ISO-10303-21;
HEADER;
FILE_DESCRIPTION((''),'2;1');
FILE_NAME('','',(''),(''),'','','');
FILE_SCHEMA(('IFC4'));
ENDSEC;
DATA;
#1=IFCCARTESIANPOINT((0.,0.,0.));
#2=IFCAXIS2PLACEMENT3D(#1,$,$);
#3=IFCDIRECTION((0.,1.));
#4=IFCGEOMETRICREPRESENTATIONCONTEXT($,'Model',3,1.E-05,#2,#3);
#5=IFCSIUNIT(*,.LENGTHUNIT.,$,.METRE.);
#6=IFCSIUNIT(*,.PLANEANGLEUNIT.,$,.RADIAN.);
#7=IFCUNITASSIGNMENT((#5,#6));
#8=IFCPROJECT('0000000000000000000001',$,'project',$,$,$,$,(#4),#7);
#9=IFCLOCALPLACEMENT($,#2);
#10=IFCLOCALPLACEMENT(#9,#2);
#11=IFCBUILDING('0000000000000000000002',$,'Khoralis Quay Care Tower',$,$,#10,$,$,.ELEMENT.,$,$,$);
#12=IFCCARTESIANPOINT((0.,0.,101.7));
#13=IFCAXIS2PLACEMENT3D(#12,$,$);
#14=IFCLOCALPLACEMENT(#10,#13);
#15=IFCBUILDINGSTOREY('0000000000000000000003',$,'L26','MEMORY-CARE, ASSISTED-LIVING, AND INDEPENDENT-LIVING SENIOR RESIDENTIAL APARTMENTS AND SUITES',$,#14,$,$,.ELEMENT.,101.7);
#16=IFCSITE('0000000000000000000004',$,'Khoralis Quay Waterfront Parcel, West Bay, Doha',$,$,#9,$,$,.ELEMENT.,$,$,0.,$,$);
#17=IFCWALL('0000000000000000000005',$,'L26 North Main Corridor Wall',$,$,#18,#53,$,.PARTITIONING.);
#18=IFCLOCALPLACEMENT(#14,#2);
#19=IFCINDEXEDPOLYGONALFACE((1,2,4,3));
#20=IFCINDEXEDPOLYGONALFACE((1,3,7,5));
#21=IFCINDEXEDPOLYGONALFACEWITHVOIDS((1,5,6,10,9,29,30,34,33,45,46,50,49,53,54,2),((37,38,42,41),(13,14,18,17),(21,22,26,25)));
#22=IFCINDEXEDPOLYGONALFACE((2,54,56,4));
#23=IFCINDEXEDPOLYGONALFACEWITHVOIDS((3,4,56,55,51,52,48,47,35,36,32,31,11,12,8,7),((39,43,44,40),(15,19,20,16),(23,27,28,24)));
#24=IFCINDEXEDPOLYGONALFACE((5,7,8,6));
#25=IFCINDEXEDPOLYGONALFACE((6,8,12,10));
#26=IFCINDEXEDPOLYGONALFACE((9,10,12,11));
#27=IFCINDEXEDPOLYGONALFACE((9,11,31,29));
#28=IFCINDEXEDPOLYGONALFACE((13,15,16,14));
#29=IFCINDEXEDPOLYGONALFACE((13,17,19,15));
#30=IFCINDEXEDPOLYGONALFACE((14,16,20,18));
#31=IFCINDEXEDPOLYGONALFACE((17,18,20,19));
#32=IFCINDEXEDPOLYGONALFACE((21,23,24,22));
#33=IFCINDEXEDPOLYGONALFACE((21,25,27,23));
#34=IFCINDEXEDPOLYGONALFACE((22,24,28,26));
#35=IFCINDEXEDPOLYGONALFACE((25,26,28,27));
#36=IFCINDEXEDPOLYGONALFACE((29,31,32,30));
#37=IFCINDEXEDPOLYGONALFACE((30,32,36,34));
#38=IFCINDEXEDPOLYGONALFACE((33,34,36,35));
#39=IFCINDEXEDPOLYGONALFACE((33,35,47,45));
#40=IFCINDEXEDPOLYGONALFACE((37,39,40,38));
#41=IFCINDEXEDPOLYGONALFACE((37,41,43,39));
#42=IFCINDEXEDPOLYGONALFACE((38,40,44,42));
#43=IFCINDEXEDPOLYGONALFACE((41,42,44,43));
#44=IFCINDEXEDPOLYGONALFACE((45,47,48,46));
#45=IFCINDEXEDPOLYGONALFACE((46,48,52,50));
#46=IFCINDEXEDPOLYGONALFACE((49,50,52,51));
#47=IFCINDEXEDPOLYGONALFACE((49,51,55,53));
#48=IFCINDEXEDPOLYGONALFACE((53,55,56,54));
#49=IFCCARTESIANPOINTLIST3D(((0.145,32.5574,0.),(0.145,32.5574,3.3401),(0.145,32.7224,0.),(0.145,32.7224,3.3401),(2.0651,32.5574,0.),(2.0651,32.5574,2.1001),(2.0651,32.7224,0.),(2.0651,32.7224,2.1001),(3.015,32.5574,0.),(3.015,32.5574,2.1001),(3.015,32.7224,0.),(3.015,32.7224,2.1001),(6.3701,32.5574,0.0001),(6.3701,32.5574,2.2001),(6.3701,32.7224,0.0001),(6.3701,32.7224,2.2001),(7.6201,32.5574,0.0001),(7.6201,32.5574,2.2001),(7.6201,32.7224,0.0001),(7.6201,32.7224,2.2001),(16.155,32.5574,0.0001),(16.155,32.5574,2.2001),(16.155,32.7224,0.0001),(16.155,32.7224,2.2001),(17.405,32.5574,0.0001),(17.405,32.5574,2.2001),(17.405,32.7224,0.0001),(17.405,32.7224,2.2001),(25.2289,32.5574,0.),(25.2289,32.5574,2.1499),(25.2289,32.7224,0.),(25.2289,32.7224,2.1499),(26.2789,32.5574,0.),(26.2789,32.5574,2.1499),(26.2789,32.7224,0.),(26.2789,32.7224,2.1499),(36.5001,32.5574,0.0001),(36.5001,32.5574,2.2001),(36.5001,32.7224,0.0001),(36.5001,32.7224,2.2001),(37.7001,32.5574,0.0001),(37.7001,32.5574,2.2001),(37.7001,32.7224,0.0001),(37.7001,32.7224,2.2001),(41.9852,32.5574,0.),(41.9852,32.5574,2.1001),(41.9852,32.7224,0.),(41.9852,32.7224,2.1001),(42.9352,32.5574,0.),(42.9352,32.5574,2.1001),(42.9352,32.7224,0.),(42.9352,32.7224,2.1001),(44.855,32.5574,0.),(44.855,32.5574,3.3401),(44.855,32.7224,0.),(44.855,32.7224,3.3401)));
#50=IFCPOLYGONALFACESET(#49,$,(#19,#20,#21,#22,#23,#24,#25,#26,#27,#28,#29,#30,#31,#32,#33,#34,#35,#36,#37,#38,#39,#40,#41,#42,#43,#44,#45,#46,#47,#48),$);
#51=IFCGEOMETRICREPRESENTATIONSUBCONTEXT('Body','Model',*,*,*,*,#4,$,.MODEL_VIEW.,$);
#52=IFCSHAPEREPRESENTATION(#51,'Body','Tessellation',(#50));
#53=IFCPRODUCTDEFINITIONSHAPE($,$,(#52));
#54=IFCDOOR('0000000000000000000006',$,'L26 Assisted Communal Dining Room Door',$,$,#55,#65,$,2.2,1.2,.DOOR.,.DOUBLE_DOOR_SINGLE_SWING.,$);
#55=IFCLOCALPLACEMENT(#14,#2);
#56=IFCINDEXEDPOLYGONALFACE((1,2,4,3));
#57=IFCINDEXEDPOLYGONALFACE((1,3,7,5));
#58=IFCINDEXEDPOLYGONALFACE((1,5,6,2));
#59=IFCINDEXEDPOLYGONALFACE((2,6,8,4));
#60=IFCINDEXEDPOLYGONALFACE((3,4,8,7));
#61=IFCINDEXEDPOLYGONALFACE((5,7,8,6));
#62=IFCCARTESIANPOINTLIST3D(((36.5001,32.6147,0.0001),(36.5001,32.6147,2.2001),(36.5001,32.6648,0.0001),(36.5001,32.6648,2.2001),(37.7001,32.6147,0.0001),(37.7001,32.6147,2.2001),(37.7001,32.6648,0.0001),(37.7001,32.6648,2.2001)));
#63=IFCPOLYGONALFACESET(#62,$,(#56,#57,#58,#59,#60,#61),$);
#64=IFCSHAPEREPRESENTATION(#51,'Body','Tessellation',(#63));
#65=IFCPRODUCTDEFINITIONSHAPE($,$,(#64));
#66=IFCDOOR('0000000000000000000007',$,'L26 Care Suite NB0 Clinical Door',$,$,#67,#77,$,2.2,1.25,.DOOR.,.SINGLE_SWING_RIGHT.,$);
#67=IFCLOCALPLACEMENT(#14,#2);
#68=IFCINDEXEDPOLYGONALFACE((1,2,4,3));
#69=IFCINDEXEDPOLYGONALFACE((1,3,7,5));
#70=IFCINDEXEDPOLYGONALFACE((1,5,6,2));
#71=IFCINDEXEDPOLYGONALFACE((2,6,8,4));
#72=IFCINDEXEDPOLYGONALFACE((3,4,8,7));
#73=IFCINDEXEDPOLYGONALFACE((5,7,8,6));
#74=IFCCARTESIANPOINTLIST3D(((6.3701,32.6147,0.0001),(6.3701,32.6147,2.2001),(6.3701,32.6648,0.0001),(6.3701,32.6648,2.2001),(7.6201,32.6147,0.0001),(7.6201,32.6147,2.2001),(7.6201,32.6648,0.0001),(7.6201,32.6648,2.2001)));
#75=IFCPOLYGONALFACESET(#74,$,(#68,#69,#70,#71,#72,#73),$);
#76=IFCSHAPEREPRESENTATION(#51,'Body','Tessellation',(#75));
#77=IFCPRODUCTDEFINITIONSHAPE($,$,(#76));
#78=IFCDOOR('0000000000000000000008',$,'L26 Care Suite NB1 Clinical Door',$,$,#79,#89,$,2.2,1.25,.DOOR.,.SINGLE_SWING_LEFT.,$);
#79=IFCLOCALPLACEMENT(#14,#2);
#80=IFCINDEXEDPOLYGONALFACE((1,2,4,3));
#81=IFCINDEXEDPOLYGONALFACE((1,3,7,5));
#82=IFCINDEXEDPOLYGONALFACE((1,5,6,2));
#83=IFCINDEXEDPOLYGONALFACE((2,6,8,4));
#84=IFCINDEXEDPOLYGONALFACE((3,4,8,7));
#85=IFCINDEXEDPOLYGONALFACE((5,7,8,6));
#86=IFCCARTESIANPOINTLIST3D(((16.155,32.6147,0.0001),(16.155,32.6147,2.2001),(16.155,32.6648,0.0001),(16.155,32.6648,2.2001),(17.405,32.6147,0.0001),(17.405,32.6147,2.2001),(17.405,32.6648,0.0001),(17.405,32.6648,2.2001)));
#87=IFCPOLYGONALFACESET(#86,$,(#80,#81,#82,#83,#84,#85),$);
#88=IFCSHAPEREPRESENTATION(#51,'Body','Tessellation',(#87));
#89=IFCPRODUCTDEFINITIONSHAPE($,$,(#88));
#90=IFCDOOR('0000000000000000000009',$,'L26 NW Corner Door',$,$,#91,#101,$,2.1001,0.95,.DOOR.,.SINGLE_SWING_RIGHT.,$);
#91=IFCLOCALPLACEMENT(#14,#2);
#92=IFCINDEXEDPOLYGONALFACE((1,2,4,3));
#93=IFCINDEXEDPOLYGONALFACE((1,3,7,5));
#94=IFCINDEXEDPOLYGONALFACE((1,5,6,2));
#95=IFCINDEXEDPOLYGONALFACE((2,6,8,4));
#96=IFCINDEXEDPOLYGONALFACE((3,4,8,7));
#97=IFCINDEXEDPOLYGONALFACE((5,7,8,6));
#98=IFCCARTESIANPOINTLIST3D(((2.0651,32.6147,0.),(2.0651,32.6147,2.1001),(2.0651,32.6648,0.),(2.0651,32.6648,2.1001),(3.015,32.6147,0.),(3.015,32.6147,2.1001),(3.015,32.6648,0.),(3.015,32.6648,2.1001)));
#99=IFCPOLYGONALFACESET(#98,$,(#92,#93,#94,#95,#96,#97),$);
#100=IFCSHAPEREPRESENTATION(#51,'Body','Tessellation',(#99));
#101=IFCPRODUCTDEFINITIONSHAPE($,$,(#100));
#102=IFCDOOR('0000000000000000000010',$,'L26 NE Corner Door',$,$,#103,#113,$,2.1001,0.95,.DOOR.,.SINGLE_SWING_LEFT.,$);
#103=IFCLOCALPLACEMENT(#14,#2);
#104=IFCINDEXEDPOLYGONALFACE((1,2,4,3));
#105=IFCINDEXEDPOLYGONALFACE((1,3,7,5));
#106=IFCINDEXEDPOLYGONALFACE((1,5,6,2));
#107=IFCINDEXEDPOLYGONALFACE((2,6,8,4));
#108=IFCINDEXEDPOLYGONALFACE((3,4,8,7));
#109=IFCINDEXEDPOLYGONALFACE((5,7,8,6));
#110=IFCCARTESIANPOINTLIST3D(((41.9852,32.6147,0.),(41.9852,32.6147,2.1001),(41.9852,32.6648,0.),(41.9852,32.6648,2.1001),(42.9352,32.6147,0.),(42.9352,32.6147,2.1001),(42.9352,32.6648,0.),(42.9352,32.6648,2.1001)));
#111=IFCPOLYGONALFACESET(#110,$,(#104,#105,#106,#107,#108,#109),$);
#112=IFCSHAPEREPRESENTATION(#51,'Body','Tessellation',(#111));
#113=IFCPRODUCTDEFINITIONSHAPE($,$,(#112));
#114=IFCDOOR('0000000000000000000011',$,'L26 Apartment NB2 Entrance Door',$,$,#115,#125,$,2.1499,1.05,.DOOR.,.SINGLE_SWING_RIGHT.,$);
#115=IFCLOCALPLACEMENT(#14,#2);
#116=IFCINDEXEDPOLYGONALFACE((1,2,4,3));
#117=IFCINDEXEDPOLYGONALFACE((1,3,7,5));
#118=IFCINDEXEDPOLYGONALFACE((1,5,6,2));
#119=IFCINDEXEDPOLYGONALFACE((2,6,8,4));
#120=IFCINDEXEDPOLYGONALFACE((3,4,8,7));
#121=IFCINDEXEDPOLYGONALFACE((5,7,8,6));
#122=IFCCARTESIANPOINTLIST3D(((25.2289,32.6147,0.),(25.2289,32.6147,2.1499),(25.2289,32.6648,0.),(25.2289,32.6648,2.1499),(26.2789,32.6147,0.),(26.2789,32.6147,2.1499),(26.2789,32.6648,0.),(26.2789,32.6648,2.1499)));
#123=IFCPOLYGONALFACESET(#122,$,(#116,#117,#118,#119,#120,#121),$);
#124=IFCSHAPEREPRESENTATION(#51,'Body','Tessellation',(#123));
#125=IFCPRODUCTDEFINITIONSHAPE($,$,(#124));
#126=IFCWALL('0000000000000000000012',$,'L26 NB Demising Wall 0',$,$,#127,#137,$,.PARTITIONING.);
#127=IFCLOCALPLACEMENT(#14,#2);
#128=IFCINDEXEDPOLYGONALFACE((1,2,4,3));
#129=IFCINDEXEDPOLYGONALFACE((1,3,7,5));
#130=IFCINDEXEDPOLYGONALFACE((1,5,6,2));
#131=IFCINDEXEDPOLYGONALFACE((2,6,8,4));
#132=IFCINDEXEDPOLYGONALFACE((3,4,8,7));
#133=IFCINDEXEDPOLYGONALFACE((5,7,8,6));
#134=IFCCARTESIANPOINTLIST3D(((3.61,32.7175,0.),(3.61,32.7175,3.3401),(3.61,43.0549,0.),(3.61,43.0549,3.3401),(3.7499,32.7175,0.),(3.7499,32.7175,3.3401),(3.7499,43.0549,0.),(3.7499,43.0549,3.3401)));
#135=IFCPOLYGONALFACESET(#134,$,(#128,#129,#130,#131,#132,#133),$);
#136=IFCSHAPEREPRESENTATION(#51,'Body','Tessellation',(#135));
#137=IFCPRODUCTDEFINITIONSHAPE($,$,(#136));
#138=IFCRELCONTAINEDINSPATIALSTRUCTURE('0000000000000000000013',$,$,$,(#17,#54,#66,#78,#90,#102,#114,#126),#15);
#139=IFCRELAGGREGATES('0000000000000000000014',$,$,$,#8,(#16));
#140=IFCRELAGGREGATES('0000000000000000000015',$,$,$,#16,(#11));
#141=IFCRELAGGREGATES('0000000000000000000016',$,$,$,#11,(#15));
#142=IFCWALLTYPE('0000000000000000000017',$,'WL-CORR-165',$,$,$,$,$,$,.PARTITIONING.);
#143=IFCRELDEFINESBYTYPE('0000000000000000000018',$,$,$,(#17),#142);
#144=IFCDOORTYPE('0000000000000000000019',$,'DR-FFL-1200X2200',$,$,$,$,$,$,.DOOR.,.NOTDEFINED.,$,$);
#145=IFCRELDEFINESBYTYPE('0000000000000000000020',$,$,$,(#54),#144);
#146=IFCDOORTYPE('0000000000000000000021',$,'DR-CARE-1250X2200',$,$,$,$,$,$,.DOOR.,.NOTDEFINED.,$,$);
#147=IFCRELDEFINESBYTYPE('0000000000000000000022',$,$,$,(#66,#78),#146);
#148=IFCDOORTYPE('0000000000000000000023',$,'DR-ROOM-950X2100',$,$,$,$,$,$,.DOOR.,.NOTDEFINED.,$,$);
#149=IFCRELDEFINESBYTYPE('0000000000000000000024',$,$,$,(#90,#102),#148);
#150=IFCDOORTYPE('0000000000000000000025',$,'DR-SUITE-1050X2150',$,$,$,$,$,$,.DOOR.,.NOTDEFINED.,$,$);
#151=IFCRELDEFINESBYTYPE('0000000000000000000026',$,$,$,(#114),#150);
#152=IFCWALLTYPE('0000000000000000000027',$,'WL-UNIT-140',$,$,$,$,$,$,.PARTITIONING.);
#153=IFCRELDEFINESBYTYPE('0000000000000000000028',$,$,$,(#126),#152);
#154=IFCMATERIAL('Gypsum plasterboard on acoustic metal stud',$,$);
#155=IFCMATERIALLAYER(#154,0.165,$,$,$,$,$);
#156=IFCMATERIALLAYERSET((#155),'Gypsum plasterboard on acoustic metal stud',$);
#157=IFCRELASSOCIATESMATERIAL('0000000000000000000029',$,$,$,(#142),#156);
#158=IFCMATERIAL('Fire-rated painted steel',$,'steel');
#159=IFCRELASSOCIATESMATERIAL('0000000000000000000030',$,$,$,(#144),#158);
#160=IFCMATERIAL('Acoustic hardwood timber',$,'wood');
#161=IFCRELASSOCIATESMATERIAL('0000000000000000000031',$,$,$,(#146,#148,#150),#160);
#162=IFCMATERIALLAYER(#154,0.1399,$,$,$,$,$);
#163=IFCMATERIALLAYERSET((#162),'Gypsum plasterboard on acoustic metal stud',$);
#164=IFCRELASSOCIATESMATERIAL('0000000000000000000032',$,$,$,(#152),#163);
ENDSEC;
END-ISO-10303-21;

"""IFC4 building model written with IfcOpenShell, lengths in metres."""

from ifc_helpers import new_model, si_unit, direction, frame, frame_2d, origin, place, context, subcontext, project, spatial, rectangle, extrude, source, transform, mapped, material, layer, layer_set, type_object, element, fill, save


model = new_model("IFC4")

# Units and contexts
model_context = context("Model", 3, precision=1e-05, world=origin(), true_north=direction((0.0, 1.0)))
body_context = subcontext(model_context, "Body", "Model", "MODEL_VIEW")
ifc_project = project(units=[si_unit("LENGTHUNIT", "METRE"), si_unit("PLANEANGLEUNIT", "RADIAN")], contexts=[model_context])

# Site, building, storey
site_placement = place(None, origin())
site = spatial("IfcSite", under=ifc_project, at=site_placement, Name="Khoralis Quay Waterfront Parcel, West Bay, Doha", CompositionType="ELEMENT", RefElevation=0.0)
building_placement = place(site_placement, origin())
building = spatial("IfcBuilding", under=site, at=building_placement, Name="Khoralis Quay Care Tower", CompositionType="ELEMENT")
storey_placement = place(building_placement, frame((0.0, 0.0, 101.7)))
storey = spatial("IfcBuildingStorey", under=building, at=storey_placement, Name="L26", Description="MEMORY-CARE, ASSISTED-LIVING, AND INDEPENDENT-LIVING SENIOR RESIDENTIAL APARTMENTS AND SUITES", CompositionType="ELEMENT", Elevation=101.7)

# Shared definitions
ifc_material_1 = material(Name="Gypsum plasterboard on acoustic metal stud")
ifc_layer_1 = layer(ifc_material_1, 0.165)
ifc_layer_set_1 = layer_set([ifc_layer_1], Name="Gypsum plasterboard on acoustic metal stud")
wall_type_1 = type_object("IfcWallType", Name="WL-CORR-165", PredefinedType="PARTITIONING", material=ifc_layer_set_1)
ifc_material_2 = material(Name="Fire-rated painted steel", Category="steel")
door_type_1 = type_object("IfcDoorType", Name="DR-FFL-1200X2200", OperationType="NOTDEFINED", PredefinedType="DOOR", material=ifc_material_2)
shared_shape_1 = source(origin(), body_context, "Body", "SweptSolid", [
    extrude(rectangle(XDim=1.2, YDim=2.2, at=frame_2d((0.6001, 1.1001))), frame((0.0, 0.0249, 0.0), z_axis=(0.0, -1.0, 0.0), x_axis=(1.0, 0.0, 0.0)), (0.0, 0.0, 1.0), 0.05),
])

# Wall, openings, doors
wall_1_placement = place(storey_placement, frame((0.145, 32.6399, 0.0), z_axis=(0.0, 0.0, 1.0), x_axis=(1.0, 0.0, 0.0)))
wall_1 = element("IfcWall", 1, at=wall_1_placement, inside=storey, type_object=wall_type_1, Name="L26 North Main Corridor Wall", PredefinedType="PARTITIONING", context=body_context, shape_type="SweptSolid", body=[
    extrude(rectangle(XDim=44.71, YDim=0.165, at=frame_2d((22.355, 0.0))), origin(), (0.0, 0.0, 1.0), 3.3401),
])
opening_1_placement = place(wall_1_placement, frame((6.2251, 0.0, 0.0)))
opening_1 = element("IfcOpeningElement", 2, at=opening_1_placement, cuts=wall_1, PredefinedType="OPENING", context=body_context, shape_type="SweptSolid", body=[
    extrude(rectangle(XDim=1.25, YDim=2.2, at=frame_2d((0.625, 1.1001))), frame((0.0, 0.0925, 0.0), z_axis=(0.0, -1.0, 0.0), x_axis=(1.0, 0.0, 0.0)), (0.0, 0.0, 1.0), 0.1851),
])
opening_2_placement = place(wall_1_placement, frame((16.01, 0.0, 0.0)))
opening_2 = element("IfcOpeningElement", 3, at=opening_2_placement, cuts=wall_1, PredefinedType="OPENING", context=body_context, shape_type="SweptSolid", body=[
    extrude(rectangle(XDim=1.25, YDim=2.2, at=frame_2d((0.625, 1.1001))), frame((0.0, 0.0925, 0.0), z_axis=(0.0, -1.0, 0.0), x_axis=(1.0, 0.0, 0.0)), (0.0, 0.0, 1.0), 0.1851),
])
opening_3_placement = place(wall_1_placement, frame((25.084, 0.0, 0.0)))
opening_3 = element("IfcOpeningElement", 4, at=opening_3_placement, cuts=wall_1, PredefinedType="OPENING", context=body_context, shape_type="SweptSolid", body=[
    extrude(rectangle(XDim=1.05, YDim=2.1499, at=frame_2d((0.5249, 1.075))), frame((0.0, 0.0925, 0.0), z_axis=(0.0, -1.0, 0.0), x_axis=(1.0, 0.0, 0.0)), (0.0, 0.0, 1.0), 0.1851),
])
opening_4_placement = place(wall_1_placement, frame((36.355, 0.0, 0.0)))
opening_4 = element("IfcOpeningElement", 5, at=opening_4_placement, cuts=wall_1, PredefinedType="OPENING", context=body_context, shape_type="SweptSolid", body=[
    extrude(rectangle(XDim=1.2, YDim=2.2, at=frame_2d((0.6001, 1.1001))), frame((0.0, 0.0925, 0.0), z_axis=(0.0, -1.0, 0.0), x_axis=(1.0, 0.0, 0.0)), (0.0, 0.0, 1.0), 0.1851),
])
opening_5_placement = place(wall_1_placement, frame((1.9199, 0.0, 0.0)))
opening_5 = element("IfcOpeningElement", 6, at=opening_5_placement, cuts=wall_1, PredefinedType="OPENING", context=body_context, shape_type="SweptSolid", body=[
    extrude(rectangle(XDim=0.95, YDim=2.1001, at=frame_2d((0.4751, 1.05))), frame((0.0, 0.0925, 0.0), z_axis=(0.0, -1.0, 0.0), x_axis=(1.0, 0.0, 0.0)), (0.0, 0.0, 1.0), 0.1851),
])
opening_6_placement = place(wall_1_placement, frame((41.8401, 0.0, 0.0)))
opening_6 = element("IfcOpeningElement", 7, at=opening_6_placement, cuts=wall_1, PredefinedType="OPENING", context=body_context, shape_type="SweptSolid", body=[
    extrude(rectangle(XDim=0.95, YDim=2.1001, at=frame_2d((0.4751, 1.05))), frame((0.0, 0.0925, 0.0), z_axis=(0.0, -1.0, 0.0), x_axis=(1.0, 0.0, 0.0)), (0.0, 0.0, 1.0), 0.1851),
])
door_1_placement = place(opening_4_placement, origin())
door_1 = element("IfcDoor", 8, at=door_1_placement, inside=storey, type_object=door_type_1, Name="L26 Assisted Communal Dining Room Door", OperationType="DOUBLE_DOOR_SINGLE_SWING", OverallHeight=2.2, OverallWidth=1.2, PredefinedType="DOOR", context=body_context, shape_type="MappedRepresentation", body=[
    mapped(shared_shape_1, transform((0.0, 0.0, 0.0), scale=1.0)),
])
fill(opening_4, door_1)
ifc_material_3 = material(Name="Acoustic hardwood timber", Category="wood")
door_type_2 = type_object("IfcDoorType", Name="DR-CARE-1250X2200", OperationType="NOTDEFINED", PredefinedType="DOOR", material=ifc_material_3)
shared_shape_2 = source(origin(), body_context, "Body", "SweptSolid", [
    extrude(rectangle(XDim=1.25, YDim=2.2, at=frame_2d((0.625, 1.1001))), frame((0.0, 0.0249, 0.0), z_axis=(0.0, -1.0, 0.0), x_axis=(1.0, 0.0, 0.0)), (0.0, 0.0, 1.0), 0.05),
])
door_2_placement = place(opening_1_placement, origin())
door_2 = element("IfcDoor", 9, at=door_2_placement, inside=storey, type_object=door_type_2, Name="L26 Care Suite NB0 Clinical Door", OperationType="SINGLE_SWING_RIGHT", OverallHeight=2.2, OverallWidth=1.25, PredefinedType="DOOR", context=body_context, shape_type="MappedRepresentation", body=[
    mapped(shared_shape_2, transform((0.0, 0.0, 0.0), scale=1.0)),
])
fill(opening_1, door_2)
door_3_placement = place(opening_2_placement, origin())
door_3 = element("IfcDoor", 10, at=door_3_placement, inside=storey, type_object=door_type_2, Name="L26 Care Suite NB1 Clinical Door", OperationType="SINGLE_SWING_LEFT", OverallHeight=2.2, OverallWidth=1.25, PredefinedType="DOOR", context=body_context, shape_type="MappedRepresentation", body=[
    mapped(shared_shape_2, transform((0.0, 0.0, 0.0), scale=1.0)),
])
fill(opening_2, door_3)
door_type_3 = type_object("IfcDoorType", Name="DR-ROOM-950X2100", OperationType="NOTDEFINED", PredefinedType="DOOR", material=ifc_material_3)
shared_shape_3 = source(origin(), body_context, "Body", "SweptSolid", [
    extrude(rectangle(XDim=0.95, YDim=2.1001, at=frame_2d((0.4751, 1.05))), frame((0.0, 0.0249, 0.0), z_axis=(0.0, -1.0, 0.0), x_axis=(1.0, 0.0, 0.0)), (0.0, 0.0, 1.0), 0.05),
])
door_4_placement = place(opening_5_placement, origin())
door_4 = element("IfcDoor", 11, at=door_4_placement, inside=storey, type_object=door_type_3, Name="L26 NW Corner Door", OperationType="SINGLE_SWING_RIGHT", OverallHeight=2.1001, OverallWidth=0.95, PredefinedType="DOOR", context=body_context, shape_type="MappedRepresentation", body=[
    mapped(shared_shape_3, transform((0.0, 0.0, 0.0), scale=1.0)),
])
fill(opening_5, door_4)
door_5_placement = place(opening_6_placement, origin())
door_5 = element("IfcDoor", 12, at=door_5_placement, inside=storey, type_object=door_type_3, Name="L26 NE Corner Door", OperationType="SINGLE_SWING_LEFT", OverallHeight=2.1001, OverallWidth=0.95, PredefinedType="DOOR", context=body_context, shape_type="MappedRepresentation", body=[
    mapped(shared_shape_3, transform((0.0, 0.0, 0.0), scale=1.0)),
])
fill(opening_6, door_5)
door_type_4 = type_object("IfcDoorType", Name="DR-SUITE-1050X2150", OperationType="NOTDEFINED", PredefinedType="DOOR", material=ifc_material_3)
shared_shape_4 = source(origin(), body_context, "Body", "SweptSolid", [
    extrude(rectangle(XDim=1.05, YDim=2.1499, at=frame_2d((0.5249, 1.075))), frame((0.0, 0.0249, 0.0), z_axis=(0.0, -1.0, 0.0), x_axis=(1.0, 0.0, 0.0)), (0.0, 0.0, 1.0), 0.05),
])
door_6_placement = place(opening_3_placement, origin())
door_6 = element("IfcDoor", 13, at=door_6_placement, inside=storey, type_object=door_type_4, Name="L26 Apartment NB2 Entrance Door", OperationType="SINGLE_SWING_RIGHT", OverallHeight=2.1499, OverallWidth=1.05, PredefinedType="DOOR", context=body_context, shape_type="MappedRepresentation", body=[
    mapped(shared_shape_4, transform((0.0, 0.0, 0.0), scale=1.0)),
])
fill(opening_3, door_6)

# Wall
ifc_layer_2 = layer(ifc_material_1, 0.1399)
ifc_layer_set_2 = layer_set([ifc_layer_2], Name="Gypsum plasterboard on acoustic metal stud")
wall_type_2 = type_object("IfcWallType", Name="WL-UNIT-140", PredefinedType="PARTITIONING", material=ifc_layer_set_2)
wall_2_placement = place(storey_placement, frame((3.6799, 32.7175, 0.0), z_axis=(0.0, 0.0, 1.0), x_axis=(0.0, 1.0, 0.0)))
element("IfcWall", 14, at=wall_2_placement, inside=storey, type_object=wall_type_2, Name="L26 NB Demising Wall 0", PredefinedType="PARTITIONING", context=body_context, shape_type="SweptSolid", body=[
    extrude(rectangle(XDim=10.3374, YDim=0.1399, at=frame_2d((5.1687, 0.0))), origin(), (0.0, 0.0, 1.0), 3.3401),
])

save(model, "model.ifc")
